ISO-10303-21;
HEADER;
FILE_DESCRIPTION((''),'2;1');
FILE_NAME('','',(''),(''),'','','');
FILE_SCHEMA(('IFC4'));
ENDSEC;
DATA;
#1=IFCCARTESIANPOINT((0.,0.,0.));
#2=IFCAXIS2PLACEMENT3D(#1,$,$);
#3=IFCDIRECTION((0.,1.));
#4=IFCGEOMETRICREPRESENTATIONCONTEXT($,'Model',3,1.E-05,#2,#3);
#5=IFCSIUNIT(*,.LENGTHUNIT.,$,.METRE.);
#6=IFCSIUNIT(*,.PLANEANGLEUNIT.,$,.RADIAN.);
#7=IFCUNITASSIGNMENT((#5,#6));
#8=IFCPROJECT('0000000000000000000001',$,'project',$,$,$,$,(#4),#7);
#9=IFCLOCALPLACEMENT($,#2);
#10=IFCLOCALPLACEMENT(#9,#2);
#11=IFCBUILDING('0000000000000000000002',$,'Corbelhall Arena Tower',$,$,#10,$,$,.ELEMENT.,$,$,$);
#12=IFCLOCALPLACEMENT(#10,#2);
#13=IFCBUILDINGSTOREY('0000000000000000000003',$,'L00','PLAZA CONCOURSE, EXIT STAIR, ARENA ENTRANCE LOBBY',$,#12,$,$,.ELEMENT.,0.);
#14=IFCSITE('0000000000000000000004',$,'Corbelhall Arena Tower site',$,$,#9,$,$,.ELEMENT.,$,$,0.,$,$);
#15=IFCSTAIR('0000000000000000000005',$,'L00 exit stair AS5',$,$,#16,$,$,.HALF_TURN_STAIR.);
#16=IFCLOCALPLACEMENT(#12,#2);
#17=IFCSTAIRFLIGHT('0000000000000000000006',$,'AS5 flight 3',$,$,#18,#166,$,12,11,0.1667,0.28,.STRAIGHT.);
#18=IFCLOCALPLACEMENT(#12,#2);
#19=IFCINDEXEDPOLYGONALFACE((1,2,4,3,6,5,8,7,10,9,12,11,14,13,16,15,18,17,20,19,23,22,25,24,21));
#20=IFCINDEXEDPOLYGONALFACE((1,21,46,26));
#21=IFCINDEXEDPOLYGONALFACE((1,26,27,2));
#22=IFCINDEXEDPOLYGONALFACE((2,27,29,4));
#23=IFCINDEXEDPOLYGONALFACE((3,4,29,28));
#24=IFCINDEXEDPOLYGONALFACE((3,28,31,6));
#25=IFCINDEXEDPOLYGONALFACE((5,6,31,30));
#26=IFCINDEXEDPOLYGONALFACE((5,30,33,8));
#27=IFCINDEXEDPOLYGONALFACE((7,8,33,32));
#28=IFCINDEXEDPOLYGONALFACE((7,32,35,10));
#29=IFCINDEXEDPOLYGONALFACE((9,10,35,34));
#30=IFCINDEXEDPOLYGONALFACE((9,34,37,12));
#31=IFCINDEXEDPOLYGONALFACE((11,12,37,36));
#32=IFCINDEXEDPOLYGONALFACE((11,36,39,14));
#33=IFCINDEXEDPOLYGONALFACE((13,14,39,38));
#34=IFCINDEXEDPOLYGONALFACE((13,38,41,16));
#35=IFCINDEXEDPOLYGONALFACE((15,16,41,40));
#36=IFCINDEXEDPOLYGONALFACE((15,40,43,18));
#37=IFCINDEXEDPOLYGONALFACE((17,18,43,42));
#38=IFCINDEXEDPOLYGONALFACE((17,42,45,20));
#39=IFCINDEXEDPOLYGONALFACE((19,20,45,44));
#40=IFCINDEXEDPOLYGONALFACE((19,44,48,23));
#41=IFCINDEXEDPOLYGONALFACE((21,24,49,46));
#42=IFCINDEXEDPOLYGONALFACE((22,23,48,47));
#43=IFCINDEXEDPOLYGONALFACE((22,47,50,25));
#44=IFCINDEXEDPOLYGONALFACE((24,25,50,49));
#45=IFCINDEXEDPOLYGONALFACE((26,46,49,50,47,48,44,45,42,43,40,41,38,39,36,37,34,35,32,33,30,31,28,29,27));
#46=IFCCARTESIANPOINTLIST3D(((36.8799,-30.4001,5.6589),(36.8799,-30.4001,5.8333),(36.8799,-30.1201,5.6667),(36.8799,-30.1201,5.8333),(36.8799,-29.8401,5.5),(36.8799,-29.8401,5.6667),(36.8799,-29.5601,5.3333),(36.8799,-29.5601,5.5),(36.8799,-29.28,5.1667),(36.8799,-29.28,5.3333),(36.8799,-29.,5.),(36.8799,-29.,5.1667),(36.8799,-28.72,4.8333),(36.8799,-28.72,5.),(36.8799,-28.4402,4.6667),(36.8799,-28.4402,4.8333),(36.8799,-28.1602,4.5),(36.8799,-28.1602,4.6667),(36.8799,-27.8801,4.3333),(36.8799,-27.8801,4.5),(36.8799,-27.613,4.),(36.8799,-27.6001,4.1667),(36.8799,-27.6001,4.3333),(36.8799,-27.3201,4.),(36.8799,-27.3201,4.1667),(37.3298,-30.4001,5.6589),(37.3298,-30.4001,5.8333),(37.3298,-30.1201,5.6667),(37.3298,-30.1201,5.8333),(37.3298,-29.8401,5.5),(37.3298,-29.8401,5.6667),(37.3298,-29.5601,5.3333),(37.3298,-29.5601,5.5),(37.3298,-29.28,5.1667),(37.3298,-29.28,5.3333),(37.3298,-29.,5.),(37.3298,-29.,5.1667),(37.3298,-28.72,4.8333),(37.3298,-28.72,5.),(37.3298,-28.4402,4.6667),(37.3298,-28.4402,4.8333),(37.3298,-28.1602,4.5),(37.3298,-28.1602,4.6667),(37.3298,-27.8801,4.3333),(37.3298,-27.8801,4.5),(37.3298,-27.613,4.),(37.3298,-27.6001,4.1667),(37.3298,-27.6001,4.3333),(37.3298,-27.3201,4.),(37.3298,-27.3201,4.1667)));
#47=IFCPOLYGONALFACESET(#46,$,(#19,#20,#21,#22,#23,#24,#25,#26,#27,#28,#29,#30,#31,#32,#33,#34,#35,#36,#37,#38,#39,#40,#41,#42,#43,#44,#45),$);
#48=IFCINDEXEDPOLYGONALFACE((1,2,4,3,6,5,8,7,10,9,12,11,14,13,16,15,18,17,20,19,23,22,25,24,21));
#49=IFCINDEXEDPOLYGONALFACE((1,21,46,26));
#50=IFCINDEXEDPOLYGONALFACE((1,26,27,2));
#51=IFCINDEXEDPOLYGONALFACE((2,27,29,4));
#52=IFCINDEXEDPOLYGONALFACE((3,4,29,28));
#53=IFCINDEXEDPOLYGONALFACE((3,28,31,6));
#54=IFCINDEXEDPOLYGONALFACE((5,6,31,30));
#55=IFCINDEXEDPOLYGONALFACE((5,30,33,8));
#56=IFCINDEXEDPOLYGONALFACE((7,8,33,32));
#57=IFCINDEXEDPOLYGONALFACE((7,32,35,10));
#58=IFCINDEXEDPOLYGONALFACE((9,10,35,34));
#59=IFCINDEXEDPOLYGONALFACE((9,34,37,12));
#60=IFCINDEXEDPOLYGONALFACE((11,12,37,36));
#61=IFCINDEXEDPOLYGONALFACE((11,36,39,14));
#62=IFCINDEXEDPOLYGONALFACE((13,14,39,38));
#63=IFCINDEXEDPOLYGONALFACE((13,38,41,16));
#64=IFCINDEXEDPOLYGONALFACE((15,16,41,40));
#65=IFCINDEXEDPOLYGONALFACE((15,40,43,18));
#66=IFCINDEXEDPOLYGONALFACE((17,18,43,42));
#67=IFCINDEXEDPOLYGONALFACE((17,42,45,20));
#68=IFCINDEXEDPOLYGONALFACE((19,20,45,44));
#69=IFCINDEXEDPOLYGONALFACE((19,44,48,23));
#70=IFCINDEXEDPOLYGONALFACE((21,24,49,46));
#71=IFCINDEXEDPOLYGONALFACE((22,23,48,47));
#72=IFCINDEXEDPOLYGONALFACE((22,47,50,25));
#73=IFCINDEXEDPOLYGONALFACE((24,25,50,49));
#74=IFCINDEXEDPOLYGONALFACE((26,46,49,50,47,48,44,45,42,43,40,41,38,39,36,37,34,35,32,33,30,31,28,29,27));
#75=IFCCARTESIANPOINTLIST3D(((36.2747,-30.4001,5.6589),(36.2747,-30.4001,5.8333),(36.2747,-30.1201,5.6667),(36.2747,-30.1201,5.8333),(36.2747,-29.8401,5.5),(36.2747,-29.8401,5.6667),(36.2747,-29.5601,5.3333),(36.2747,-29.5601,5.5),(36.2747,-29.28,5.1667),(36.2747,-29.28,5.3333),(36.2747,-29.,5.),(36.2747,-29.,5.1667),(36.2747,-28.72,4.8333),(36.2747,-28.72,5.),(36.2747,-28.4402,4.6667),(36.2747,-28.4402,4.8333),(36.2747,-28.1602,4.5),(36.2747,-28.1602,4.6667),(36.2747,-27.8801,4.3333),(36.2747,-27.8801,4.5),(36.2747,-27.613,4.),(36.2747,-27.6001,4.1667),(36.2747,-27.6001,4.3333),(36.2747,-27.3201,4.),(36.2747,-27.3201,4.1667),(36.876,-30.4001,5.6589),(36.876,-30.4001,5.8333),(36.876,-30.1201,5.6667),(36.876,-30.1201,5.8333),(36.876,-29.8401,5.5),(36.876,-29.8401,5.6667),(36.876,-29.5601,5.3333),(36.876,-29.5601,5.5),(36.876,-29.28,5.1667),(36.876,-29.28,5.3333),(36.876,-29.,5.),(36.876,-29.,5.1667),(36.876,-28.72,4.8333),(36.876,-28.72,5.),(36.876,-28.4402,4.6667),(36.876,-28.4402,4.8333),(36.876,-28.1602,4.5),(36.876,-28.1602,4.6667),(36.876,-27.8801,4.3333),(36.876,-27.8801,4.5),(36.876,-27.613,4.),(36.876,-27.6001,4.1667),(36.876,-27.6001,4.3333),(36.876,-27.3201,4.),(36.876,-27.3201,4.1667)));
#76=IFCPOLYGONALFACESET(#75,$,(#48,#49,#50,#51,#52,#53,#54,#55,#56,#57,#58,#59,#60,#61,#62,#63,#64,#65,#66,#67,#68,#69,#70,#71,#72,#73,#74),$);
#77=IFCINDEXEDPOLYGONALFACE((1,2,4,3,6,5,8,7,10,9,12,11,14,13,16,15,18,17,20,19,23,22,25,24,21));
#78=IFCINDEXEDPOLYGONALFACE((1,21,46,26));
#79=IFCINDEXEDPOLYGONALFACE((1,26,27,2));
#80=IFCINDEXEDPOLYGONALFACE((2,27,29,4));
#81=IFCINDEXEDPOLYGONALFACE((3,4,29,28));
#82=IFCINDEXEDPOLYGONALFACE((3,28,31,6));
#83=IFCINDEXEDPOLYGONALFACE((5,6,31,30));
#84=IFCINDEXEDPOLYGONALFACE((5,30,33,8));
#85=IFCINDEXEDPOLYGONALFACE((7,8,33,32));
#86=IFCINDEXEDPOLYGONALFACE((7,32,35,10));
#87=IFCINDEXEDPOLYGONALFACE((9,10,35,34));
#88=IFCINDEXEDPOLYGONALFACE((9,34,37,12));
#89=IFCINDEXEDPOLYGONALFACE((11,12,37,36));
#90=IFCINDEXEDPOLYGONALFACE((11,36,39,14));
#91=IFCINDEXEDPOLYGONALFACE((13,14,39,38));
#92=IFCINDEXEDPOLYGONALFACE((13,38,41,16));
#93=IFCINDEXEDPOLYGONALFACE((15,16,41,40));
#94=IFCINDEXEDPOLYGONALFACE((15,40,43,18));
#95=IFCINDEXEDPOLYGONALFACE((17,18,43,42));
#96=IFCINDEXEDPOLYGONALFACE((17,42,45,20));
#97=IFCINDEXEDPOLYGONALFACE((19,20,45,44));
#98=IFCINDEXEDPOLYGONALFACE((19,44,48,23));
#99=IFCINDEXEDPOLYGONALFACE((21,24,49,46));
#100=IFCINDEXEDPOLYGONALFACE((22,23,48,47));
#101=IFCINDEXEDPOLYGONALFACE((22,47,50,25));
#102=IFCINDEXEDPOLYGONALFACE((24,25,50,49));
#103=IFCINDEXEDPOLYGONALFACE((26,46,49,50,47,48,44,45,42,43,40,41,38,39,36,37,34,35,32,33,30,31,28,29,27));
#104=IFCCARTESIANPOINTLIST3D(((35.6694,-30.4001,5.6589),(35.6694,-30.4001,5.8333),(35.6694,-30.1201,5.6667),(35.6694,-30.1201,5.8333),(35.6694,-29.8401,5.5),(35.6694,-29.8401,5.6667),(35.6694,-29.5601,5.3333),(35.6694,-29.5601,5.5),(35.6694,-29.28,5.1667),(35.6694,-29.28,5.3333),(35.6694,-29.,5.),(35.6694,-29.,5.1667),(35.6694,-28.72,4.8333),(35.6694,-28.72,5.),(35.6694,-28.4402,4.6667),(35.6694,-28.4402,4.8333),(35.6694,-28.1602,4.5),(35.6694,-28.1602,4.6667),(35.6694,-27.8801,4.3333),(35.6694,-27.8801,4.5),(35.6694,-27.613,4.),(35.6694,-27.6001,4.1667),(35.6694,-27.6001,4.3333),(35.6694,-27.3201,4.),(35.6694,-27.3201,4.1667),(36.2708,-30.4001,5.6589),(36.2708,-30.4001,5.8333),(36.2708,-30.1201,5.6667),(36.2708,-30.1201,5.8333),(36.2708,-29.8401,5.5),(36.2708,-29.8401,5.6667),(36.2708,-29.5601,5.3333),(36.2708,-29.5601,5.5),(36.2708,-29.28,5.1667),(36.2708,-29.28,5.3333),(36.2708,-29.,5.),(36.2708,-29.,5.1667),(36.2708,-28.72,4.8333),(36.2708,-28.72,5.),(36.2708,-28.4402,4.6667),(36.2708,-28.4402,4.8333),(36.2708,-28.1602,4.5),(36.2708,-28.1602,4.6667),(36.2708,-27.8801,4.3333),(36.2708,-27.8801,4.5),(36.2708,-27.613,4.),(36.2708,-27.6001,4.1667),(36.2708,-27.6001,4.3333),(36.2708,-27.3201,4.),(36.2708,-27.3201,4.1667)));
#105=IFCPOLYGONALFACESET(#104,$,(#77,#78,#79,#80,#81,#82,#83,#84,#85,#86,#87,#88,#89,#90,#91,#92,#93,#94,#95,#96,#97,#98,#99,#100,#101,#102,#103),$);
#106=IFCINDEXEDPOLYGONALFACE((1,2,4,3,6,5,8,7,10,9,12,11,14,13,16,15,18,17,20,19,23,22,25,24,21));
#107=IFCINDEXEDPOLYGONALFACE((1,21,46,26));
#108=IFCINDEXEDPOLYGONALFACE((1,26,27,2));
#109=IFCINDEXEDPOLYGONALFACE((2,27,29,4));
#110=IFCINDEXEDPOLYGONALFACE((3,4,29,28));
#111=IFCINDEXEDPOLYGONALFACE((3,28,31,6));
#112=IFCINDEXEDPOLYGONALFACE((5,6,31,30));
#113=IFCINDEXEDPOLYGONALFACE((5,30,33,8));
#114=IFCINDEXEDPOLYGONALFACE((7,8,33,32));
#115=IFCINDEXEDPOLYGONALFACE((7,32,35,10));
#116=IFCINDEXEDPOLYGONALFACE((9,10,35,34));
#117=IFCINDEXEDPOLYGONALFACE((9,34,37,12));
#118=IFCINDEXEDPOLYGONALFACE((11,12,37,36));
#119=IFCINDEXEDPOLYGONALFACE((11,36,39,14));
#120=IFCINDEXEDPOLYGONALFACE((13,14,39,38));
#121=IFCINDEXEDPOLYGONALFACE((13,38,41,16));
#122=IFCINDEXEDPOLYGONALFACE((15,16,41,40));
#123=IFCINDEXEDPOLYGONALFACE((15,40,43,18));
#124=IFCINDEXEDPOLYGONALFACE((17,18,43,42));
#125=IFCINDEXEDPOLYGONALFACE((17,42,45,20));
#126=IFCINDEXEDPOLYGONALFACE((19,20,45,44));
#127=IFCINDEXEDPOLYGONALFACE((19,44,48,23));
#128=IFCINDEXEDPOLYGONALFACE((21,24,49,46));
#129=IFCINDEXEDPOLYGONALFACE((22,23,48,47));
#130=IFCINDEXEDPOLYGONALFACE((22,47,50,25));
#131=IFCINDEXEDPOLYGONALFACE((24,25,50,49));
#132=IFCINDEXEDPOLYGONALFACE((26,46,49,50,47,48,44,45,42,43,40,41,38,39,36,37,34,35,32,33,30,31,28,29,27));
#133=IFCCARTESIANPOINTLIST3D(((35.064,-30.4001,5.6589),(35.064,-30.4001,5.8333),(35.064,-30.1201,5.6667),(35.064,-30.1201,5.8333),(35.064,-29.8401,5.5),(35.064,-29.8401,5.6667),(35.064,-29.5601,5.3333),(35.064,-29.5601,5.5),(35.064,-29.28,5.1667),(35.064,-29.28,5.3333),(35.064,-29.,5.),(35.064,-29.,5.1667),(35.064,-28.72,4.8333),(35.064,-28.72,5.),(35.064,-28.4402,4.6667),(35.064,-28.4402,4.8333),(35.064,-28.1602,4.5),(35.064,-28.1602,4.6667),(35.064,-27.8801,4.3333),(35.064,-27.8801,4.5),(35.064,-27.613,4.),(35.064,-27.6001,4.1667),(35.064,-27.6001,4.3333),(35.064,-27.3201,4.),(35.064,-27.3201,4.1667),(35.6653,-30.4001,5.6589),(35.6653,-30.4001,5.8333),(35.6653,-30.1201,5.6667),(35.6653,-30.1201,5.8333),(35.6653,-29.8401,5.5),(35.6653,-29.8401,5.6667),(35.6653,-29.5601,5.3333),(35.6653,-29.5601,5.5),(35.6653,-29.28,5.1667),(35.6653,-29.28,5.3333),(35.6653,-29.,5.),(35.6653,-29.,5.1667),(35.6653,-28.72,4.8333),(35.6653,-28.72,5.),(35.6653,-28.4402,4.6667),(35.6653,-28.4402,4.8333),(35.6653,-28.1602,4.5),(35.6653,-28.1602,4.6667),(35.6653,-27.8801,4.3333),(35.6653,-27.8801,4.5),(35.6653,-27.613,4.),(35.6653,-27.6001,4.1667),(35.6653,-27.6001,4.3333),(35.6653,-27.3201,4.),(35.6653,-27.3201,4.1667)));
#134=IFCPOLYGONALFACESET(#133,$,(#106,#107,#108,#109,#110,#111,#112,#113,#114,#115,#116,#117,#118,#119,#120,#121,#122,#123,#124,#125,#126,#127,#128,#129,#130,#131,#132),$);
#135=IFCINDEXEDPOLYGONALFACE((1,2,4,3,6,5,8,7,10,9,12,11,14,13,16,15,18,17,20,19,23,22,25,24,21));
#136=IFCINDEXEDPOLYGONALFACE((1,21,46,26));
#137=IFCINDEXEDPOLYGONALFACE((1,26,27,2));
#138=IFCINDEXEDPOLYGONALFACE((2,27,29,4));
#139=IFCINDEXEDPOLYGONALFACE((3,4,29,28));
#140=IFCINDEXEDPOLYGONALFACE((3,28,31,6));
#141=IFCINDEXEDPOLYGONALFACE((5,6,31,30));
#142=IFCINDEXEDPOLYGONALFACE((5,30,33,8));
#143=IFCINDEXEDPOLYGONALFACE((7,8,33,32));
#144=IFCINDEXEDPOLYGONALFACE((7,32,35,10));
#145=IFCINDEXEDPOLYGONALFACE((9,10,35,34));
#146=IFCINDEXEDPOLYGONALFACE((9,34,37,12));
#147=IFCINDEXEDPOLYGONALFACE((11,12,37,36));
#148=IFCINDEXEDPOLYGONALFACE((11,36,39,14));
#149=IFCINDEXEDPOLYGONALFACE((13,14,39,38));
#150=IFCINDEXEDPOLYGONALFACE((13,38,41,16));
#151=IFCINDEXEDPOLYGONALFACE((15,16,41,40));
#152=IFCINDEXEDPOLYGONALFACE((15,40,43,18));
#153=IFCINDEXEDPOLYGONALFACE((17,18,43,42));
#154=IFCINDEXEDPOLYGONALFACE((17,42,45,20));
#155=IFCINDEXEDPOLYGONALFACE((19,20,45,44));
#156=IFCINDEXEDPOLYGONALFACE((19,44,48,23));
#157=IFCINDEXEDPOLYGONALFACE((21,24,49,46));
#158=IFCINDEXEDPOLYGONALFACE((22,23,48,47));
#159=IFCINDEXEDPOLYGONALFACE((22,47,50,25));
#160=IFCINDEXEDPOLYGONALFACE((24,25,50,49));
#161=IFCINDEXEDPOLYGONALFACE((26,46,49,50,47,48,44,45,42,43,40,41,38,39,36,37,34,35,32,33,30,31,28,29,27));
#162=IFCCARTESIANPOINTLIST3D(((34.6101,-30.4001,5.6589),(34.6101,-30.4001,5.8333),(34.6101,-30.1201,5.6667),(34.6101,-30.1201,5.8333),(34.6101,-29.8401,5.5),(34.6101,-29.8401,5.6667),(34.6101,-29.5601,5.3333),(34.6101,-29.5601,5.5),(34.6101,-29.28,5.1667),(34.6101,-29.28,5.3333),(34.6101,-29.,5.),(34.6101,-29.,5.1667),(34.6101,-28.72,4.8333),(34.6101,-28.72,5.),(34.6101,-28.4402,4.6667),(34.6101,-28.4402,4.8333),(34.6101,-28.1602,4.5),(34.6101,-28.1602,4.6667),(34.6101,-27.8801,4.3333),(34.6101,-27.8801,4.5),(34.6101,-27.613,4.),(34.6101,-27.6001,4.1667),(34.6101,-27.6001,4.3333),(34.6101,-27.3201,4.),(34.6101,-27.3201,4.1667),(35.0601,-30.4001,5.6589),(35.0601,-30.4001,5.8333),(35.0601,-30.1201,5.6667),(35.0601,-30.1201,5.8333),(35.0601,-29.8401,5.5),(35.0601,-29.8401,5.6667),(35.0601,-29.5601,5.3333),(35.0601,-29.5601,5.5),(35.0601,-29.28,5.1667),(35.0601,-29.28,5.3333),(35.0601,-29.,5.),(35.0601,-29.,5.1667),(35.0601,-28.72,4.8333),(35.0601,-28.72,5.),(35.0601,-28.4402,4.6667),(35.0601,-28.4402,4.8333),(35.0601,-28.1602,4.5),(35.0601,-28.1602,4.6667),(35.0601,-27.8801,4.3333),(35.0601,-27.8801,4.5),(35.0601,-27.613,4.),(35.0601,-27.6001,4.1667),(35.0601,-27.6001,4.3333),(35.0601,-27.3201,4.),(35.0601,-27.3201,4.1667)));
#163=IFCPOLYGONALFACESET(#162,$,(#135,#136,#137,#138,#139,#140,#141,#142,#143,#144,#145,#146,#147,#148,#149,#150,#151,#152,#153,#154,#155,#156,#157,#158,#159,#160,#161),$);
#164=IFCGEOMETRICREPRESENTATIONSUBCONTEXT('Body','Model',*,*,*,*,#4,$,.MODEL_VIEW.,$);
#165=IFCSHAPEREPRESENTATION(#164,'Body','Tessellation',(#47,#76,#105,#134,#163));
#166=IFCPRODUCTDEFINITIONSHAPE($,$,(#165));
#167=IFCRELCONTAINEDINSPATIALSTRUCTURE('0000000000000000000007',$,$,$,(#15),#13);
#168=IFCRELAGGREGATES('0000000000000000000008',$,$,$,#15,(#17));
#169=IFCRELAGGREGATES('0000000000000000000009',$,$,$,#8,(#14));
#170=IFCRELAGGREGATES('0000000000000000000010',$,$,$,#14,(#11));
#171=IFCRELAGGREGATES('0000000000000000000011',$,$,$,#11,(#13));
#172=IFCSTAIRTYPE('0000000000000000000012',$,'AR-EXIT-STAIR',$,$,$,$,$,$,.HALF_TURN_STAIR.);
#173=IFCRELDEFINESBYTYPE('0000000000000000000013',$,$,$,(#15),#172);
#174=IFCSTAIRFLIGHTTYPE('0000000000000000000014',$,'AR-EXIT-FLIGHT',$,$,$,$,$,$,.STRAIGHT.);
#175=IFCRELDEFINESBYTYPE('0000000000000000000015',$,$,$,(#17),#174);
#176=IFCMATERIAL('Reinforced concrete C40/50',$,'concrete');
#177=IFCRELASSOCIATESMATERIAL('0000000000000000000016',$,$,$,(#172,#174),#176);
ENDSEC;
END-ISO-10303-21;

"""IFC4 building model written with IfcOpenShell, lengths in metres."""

from ifc_helpers import new_model, si_unit, direction, frame, origin, place, context, subcontext, project, spatial, polyline, outline, extrude, material, type_object, element, aggregate, save


model = new_model("IFC4")

# Units and contexts
model_context = context("Model", 3, precision=1e-05, world=origin(), true_north=direction((0.0, 1.0)))
body_context = subcontext(model_context, "Body", "Model", "MODEL_VIEW")
ifc_project = project(units=[si_unit("LENGTHUNIT", "METRE"), si_unit("PLANEANGLEUNIT", "RADIAN")], contexts=[model_context])

# Site, building, storey
site_placement = place(None, origin())
site = spatial("IfcSite", under=ifc_project, at=site_placement, Name="Corbelhall Arena Tower site", CompositionType="ELEMENT", RefElevation=0.0)
building_placement = place(site_placement, origin())
building = spatial("IfcBuilding", under=site, at=building_placement, Name="Corbelhall Arena Tower", CompositionType="ELEMENT")
storey_placement = place(building_placement, origin())
storey = spatial("IfcBuildingStorey", under=building, at=storey_placement, Name="L00", Description="PLAZA CONCOURSE, EXIT STAIR, ARENA ENTRANCE LOBBY", CompositionType="ELEMENT", Elevation=0.0)

# Stair, stair flight
ifc_material_1 = material(Name="Reinforced concrete C40/50", Category="concrete")
stair_type = type_object("IfcStairType", Name="AR-EXIT-STAIR", PredefinedType="HALF_TURN_STAIR", material=ifc_material_1)
stair_1_placement = place(storey_placement, origin())
stair_1 = element("IfcStair", 1, at=stair_1_placement, inside=storey, type_object=stair_type, Name="L00 exit stair AS5", PredefinedType="HALF_TURN_STAIR")
stair_flight_type = type_object("IfcStairFlightType", Name="AR-EXIT-FLIGHT", PredefinedType="STRAIGHT", material=ifc_material_1)
stair_flight_1_placement = place(storey_placement, frame((35.97, -27.3201, 4.0), z_axis=(0.0, 0.0, 1.0), x_axis=(0.0, -1.0, 0.0)))
stair_flight_1 = element("IfcStairFlight", 2, at=stair_flight_1_placement, type_object=stair_flight_type, Name="AS5 flight 3", NumberOfRisers=12, NumberOfTreads=11, PredefinedType="STRAIGHT", RiserHeight=0.1667, TreadLength=0.28, context=body_context, shape_type="SweptSolid", body=[
    extrude(outline(polyline([(0.0, 0.0), (0.0, 0.1667), (0.28, 0.1667), (0.28, 0.3333), (0.5601, 0.3333), (0.5601, 0.5), (0.8401, 0.5), (0.8401, 0.6667), (1.1201, 0.6667), (1.1201, 0.8333), (1.3999, 0.8333), (1.3999, 1.0), (1.6799, 1.0), (1.6799, 1.1667), (1.96, 1.1667), (1.96, 1.3333), (2.24, 1.3333), (2.24, 1.5), (2.52, 1.5), (2.52, 1.6667), (2.8, 1.6667), (2.8, 1.8333), (3.0801, 1.8333), (3.0801, 2.0), (3.0801, 1.6589), (0.293, 0.0), (0.0, 0.0)])), frame((0.0, 1.3599, 0.0), z_axis=(0.0, -1.0, 0.0), x_axis=(1.0, 0.0, 0.0)), (0.0, 0.0, 1.0), 0.45),
    extrude(outline(polyline([(0.0, 0.0), (0.0, 0.1667), (0.28, 0.1667), (0.28, 0.3333), (0.5601, 0.3333), (0.5601, 0.5), (0.8401, 0.5), (0.8401, 0.6667), (1.1201, 0.6667), (1.1201, 0.8333), (1.3999, 0.8333), (1.3999, 1.0), (1.6799, 1.0), (1.6799, 1.1667), (1.96, 1.1667), (1.96, 1.3333), (2.24, 1.3333), (2.24, 1.5), (2.52, 1.5), (2.52, 1.6667), (2.8, 1.6667), (2.8, 1.8333), (3.0801, 1.8333), (3.0801, 2.0), (3.0801, 1.6589), (0.293, 0.0), (0.0, 0.0)])), frame((0.0, 0.906, 0.0), z_axis=(0.0, -1.0, 0.0), x_axis=(1.0, 0.0, 0.0)), (0.0, 0.0, 1.0), 0.6013),
    extrude(outline(polyline([(0.0, 0.0), (0.0, 0.1667), (0.28, 0.1667), (0.28, 0.3333), (0.5601, 0.3333), (0.5601, 0.5), (0.8401, 0.5), (0.8401, 0.6667), (1.1201, 0.6667), (1.1201, 0.8333), (1.3999, 0.8333), (1.3999, 1.0), (1.6799, 1.0), (1.6799, 1.1667), (1.96, 1.1667), (1.96, 1.3333), (2.24, 1.3333), (2.24, 1.5), (2.52, 1.5), (2.52, 1.6667), (2.8, 1.6667), (2.8, 1.8333), (3.0801, 1.8333), (3.0801, 2.0), (3.0801, 1.6589), (0.293, 0.0), (0.0, 0.0)])), frame((0.0, 0.3008, 0.0), z_axis=(0.0, -1.0, 0.0), x_axis=(1.0, 0.0, 0.0)), (0.0, 0.0, 1.0), 0.6013),
    extrude(outline(polyline([(0.0, 0.0), (0.0, 0.1667), (0.28, 0.1667), (0.28, 0.3333), (0.5601, 0.3333), (0.5601, 0.5), (0.8401, 0.5), (0.8401, 0.6667), (1.1201, 0.6667), (1.1201, 0.8333), (1.3999, 0.8333), (1.3999, 1.0), (1.6799, 1.0), (1.6799, 1.1667), (1.96, 1.1667), (1.96, 1.3333), (2.24, 1.3333), (2.24, 1.5), (2.52, 1.5), (2.52, 1.6667), (2.8, 1.6667), (2.8, 1.8333), (3.0801, 1.8333), (3.0801, 2.0), (3.0801, 1.6589), (0.293, 0.0), (0.0, 0.0)])), frame((0.0, -0.3047, 0.0), z_axis=(0.0, -1.0, 0.0), x_axis=(1.0, 0.0, 0.0)), (0.0, 0.0, 1.0), 0.6013),
    extrude(outline(polyline([(0.0, 0.0), (0.0, 0.1667), (0.28, 0.1667), (0.28, 0.3333), (0.5601, 0.3333), (0.5601, 0.5), (0.8401, 0.5), (0.8401, 0.6667), (1.1201, 0.6667), (1.1201, 0.8333), (1.3999, 0.8333), (1.3999, 1.0), (1.6799, 1.0), (1.6799, 1.1667), (1.96, 1.1667), (1.96, 1.3333), (2.24, 1.3333), (2.24, 1.5), (2.52, 1.5), (2.52, 1.6667), (2.8, 1.6667), (2.8, 1.8333), (3.0801, 1.8333), (3.0801, 2.0), (3.0801, 1.6589), (0.293, 0.0), (0.0, 0.0)])), frame((0.0, -0.9099, 0.0), z_axis=(0.0, -1.0, 0.0), x_axis=(1.0, 0.0, 0.0)), (0.0, 0.0, 1.0), 0.45),
])
aggregate(stair_1, [stair_flight_1])

save(model, "model.ifc")
